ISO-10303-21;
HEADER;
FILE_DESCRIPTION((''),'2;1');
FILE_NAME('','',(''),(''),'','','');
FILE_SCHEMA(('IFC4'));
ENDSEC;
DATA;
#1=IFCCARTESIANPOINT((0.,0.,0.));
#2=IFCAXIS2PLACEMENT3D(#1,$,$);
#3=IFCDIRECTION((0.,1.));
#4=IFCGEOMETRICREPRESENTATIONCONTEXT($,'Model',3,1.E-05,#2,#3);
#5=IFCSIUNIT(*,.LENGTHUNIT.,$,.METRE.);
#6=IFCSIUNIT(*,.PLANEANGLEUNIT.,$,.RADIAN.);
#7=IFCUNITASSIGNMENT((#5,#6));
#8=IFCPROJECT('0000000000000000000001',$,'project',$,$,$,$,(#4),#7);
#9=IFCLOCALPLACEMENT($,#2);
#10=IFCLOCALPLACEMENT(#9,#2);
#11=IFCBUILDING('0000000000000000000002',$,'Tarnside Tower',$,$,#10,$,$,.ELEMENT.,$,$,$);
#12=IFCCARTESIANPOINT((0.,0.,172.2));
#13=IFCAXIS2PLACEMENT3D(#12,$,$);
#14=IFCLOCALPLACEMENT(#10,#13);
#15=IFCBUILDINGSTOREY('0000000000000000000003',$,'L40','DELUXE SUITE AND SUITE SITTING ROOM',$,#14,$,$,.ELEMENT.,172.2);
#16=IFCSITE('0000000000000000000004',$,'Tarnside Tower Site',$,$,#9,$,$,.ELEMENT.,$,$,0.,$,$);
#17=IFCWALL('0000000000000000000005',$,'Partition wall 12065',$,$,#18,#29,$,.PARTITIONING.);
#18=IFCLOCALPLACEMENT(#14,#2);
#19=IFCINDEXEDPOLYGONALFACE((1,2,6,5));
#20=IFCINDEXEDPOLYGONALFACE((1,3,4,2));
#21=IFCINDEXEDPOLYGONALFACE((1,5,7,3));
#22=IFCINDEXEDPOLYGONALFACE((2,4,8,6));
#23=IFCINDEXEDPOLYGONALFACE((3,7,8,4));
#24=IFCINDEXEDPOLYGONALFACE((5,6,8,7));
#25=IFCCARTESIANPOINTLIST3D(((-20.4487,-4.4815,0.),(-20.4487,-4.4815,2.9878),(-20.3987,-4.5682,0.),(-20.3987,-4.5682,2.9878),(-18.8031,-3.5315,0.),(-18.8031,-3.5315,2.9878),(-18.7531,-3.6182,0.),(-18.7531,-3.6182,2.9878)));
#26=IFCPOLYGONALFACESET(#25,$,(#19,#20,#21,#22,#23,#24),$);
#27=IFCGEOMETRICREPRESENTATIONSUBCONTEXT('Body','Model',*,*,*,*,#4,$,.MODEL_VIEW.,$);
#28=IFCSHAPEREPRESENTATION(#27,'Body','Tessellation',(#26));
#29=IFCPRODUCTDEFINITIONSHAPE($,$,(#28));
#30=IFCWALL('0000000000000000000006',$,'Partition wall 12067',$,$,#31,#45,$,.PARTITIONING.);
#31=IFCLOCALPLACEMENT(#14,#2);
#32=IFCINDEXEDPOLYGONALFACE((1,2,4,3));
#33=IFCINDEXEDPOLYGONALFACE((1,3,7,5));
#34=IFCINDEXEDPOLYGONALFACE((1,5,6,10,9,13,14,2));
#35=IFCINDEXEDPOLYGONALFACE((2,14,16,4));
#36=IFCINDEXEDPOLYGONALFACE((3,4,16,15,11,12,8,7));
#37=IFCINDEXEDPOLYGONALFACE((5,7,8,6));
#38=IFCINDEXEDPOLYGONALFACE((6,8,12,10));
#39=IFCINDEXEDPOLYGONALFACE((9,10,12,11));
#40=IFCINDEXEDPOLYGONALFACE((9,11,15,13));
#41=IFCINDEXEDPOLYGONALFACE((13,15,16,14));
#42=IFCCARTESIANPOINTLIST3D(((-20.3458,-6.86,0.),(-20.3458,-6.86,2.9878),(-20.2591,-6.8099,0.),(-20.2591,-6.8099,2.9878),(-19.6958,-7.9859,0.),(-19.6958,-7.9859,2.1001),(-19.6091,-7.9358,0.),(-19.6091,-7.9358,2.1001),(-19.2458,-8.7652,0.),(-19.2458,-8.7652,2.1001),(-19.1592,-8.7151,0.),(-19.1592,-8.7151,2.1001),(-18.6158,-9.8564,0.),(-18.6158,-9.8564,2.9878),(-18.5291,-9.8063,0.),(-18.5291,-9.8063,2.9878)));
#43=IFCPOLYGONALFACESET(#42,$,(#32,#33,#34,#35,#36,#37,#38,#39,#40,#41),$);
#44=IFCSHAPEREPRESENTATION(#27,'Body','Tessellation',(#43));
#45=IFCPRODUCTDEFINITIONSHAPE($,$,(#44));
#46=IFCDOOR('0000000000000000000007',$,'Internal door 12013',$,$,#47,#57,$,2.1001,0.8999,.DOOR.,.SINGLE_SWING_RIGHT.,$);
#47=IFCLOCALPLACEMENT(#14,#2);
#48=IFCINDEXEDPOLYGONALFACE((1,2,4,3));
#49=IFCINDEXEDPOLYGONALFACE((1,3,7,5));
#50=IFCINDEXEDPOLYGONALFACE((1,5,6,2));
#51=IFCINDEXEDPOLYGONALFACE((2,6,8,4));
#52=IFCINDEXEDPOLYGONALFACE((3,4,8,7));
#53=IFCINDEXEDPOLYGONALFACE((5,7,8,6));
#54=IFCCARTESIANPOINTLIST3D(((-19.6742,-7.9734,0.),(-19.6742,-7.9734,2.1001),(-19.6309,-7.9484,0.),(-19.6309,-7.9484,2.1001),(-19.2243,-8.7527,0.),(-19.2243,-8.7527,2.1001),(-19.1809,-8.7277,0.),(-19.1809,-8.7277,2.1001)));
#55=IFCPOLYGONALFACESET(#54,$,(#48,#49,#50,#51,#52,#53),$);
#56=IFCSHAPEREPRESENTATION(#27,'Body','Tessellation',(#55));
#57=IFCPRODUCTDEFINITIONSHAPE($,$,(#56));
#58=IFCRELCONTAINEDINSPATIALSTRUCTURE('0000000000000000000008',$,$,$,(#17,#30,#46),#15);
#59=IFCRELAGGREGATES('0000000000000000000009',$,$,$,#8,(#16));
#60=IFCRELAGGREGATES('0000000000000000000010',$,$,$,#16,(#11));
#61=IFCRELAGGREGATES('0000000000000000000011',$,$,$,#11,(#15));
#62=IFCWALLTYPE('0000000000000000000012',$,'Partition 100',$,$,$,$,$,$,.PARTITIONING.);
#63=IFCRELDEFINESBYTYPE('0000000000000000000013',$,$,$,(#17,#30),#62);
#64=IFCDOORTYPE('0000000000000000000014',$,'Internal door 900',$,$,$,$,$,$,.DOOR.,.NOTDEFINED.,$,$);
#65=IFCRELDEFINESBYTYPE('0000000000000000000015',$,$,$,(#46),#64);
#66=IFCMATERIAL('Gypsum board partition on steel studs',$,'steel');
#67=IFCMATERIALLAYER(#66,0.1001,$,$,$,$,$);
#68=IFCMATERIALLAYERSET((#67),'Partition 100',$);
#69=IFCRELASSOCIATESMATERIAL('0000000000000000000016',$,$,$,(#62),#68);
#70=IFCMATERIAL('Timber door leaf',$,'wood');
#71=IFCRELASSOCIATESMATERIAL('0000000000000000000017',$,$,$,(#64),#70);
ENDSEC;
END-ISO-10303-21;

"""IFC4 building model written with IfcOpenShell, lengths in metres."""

from ifc_helpers import new_model, si_unit, direction, frame, frame_2d, origin, place, context, subcontext, project, spatial, rectangle, extrude, material, layer, layer_set, type_object, element, fill, save


model = new_model("IFC4")

# Units and contexts
model_context = context("Model", 3, precision=1e-05, world=origin(), true_north=direction((0.0, 1.0)))
body_context = subcontext(model_context, "Body", "Model", "MODEL_VIEW")
ifc_project = project(units=[si_unit("LENGTHUNIT", "METRE"), si_unit("PLANEANGLEUNIT", "RADIAN")], contexts=[model_context])

# Site, building, storey
site_placement = place(None, origin())
site = spatial("IfcSite", under=ifc_project, at=site_placement, Name="Tarnside Tower Site", CompositionType="ELEMENT", RefElevation=0.0)
building_placement = place(site_placement, origin())
building = spatial("IfcBuilding", under=site, at=building_placement, Name="Tarnside Tower", CompositionType="ELEMENT")
storey_placement = place(building_placement, frame((0.0, 0.0, 172.2)))
storey = spatial("IfcBuildingStorey", under=building, at=storey_placement, Name="L40", Description="DELUXE SUITE AND SUITE SITTING ROOM", CompositionType="ELEMENT", Elevation=172.2)

# Shared definitions
ifc_material_1 = material(Name="Gypsum board partition on steel studs", Category="steel")

# Shared definitions
ifc_material_2 = material(Name="Timber door leaf", Category="wood")

# Shared definitions
ifc_layer_1 = layer(ifc_material_1, 0.1001)
ifc_layer_set_1 = layer_set([ifc_layer_1], Name="Partition 100")
wall_type_1 = type_object("IfcWallType", Name="Partition 100", PredefinedType="PARTITIONING", material=ifc_layer_set_1)
door_type_1 = type_object("IfcDoorType", Name="Internal door 900", OperationType="NOTDEFINED", PredefinedType="DOOR", material=ifc_material_2)

# Wall
wall_1_placement = place(storey_placement, frame((-20.4238, -4.5249, 0.0), z_axis=(0.0, 0.0, 1.0), x_axis=(0.866044, 0.499967, 0.0)))
element("IfcWall", 1, at=wall_1_placement, inside=storey, type_object=wall_type_1, Name="Partition wall 12065", PredefinedType="PARTITIONING", context=body_context, shape_type="SweptSolid", body=[
    extrude(rectangle(XDim=1.9001, YDim=0.1001, at=frame_2d((0.9502, 0.0))), origin(), (0.0, 0.0, 1.0), 2.9878),
])

# Wall, opening, door
wall_2_placement = place(storey_placement, frame((-20.3025, -6.835, 0.0), z_axis=(0.0, 0.0, 1.0), x_axis=(0.50001, -0.86602, 0.0)))
wall_2 = element("IfcWall", 2, at=wall_2_placement, inside=storey, type_object=wall_type_1, Name="Partition wall 12067", PredefinedType="PARTITIONING", context=body_context, shape_type="SweptSolid", body=[
    extrude(rectangle(XDim=3.46, YDim=0.1001, at=frame_2d((1.73, 0.0))), origin(), (0.0, 0.0, 1.0), 2.9878),
])
opening_1_placement = place(wall_2_placement, frame((1.3, 0.0, 0.0)))
opening_1 = element("IfcOpeningElement", 3, at=opening_1_placement, cuts=wall_2, PredefinedType="OPENING", context=body_context, shape_type="SweptSolid", body=[
    extrude(rectangle(XDim=0.8999, YDim=2.1001, at=frame_2d((0.45, 1.05))), frame((0.0, 0.0601, 0.0), z_axis=(0.0, -1.0, 0.0), x_axis=(1.0, 0.0, 0.0)), (0.0, 0.0, 1.0), 0.1201),
])
door_1_placement = place(opening_1_placement, origin())
door_1 = element("IfcDoor", 4, at=door_1_placement, inside=storey, type_object=door_type_1, Name="Internal door 12013", OperationType="SINGLE_SWING_RIGHT", OverallHeight=2.1001, OverallWidth=0.8999, PredefinedType="DOOR", context=body_context, shape_type="SweptSolid", body=[
    extrude(rectangle(XDim=0.8999, YDim=2.1001, at=frame_2d((0.45, 1.05))), frame((0.0, 0.0249, 0.0), z_axis=(0.0, -1.0, 0.0), x_axis=(1.0, 0.0, 0.0)), (0.0, 0.0, 1.0), 0.05),
])
fill(opening_1, door_1)

save(model, "model.ifc")
